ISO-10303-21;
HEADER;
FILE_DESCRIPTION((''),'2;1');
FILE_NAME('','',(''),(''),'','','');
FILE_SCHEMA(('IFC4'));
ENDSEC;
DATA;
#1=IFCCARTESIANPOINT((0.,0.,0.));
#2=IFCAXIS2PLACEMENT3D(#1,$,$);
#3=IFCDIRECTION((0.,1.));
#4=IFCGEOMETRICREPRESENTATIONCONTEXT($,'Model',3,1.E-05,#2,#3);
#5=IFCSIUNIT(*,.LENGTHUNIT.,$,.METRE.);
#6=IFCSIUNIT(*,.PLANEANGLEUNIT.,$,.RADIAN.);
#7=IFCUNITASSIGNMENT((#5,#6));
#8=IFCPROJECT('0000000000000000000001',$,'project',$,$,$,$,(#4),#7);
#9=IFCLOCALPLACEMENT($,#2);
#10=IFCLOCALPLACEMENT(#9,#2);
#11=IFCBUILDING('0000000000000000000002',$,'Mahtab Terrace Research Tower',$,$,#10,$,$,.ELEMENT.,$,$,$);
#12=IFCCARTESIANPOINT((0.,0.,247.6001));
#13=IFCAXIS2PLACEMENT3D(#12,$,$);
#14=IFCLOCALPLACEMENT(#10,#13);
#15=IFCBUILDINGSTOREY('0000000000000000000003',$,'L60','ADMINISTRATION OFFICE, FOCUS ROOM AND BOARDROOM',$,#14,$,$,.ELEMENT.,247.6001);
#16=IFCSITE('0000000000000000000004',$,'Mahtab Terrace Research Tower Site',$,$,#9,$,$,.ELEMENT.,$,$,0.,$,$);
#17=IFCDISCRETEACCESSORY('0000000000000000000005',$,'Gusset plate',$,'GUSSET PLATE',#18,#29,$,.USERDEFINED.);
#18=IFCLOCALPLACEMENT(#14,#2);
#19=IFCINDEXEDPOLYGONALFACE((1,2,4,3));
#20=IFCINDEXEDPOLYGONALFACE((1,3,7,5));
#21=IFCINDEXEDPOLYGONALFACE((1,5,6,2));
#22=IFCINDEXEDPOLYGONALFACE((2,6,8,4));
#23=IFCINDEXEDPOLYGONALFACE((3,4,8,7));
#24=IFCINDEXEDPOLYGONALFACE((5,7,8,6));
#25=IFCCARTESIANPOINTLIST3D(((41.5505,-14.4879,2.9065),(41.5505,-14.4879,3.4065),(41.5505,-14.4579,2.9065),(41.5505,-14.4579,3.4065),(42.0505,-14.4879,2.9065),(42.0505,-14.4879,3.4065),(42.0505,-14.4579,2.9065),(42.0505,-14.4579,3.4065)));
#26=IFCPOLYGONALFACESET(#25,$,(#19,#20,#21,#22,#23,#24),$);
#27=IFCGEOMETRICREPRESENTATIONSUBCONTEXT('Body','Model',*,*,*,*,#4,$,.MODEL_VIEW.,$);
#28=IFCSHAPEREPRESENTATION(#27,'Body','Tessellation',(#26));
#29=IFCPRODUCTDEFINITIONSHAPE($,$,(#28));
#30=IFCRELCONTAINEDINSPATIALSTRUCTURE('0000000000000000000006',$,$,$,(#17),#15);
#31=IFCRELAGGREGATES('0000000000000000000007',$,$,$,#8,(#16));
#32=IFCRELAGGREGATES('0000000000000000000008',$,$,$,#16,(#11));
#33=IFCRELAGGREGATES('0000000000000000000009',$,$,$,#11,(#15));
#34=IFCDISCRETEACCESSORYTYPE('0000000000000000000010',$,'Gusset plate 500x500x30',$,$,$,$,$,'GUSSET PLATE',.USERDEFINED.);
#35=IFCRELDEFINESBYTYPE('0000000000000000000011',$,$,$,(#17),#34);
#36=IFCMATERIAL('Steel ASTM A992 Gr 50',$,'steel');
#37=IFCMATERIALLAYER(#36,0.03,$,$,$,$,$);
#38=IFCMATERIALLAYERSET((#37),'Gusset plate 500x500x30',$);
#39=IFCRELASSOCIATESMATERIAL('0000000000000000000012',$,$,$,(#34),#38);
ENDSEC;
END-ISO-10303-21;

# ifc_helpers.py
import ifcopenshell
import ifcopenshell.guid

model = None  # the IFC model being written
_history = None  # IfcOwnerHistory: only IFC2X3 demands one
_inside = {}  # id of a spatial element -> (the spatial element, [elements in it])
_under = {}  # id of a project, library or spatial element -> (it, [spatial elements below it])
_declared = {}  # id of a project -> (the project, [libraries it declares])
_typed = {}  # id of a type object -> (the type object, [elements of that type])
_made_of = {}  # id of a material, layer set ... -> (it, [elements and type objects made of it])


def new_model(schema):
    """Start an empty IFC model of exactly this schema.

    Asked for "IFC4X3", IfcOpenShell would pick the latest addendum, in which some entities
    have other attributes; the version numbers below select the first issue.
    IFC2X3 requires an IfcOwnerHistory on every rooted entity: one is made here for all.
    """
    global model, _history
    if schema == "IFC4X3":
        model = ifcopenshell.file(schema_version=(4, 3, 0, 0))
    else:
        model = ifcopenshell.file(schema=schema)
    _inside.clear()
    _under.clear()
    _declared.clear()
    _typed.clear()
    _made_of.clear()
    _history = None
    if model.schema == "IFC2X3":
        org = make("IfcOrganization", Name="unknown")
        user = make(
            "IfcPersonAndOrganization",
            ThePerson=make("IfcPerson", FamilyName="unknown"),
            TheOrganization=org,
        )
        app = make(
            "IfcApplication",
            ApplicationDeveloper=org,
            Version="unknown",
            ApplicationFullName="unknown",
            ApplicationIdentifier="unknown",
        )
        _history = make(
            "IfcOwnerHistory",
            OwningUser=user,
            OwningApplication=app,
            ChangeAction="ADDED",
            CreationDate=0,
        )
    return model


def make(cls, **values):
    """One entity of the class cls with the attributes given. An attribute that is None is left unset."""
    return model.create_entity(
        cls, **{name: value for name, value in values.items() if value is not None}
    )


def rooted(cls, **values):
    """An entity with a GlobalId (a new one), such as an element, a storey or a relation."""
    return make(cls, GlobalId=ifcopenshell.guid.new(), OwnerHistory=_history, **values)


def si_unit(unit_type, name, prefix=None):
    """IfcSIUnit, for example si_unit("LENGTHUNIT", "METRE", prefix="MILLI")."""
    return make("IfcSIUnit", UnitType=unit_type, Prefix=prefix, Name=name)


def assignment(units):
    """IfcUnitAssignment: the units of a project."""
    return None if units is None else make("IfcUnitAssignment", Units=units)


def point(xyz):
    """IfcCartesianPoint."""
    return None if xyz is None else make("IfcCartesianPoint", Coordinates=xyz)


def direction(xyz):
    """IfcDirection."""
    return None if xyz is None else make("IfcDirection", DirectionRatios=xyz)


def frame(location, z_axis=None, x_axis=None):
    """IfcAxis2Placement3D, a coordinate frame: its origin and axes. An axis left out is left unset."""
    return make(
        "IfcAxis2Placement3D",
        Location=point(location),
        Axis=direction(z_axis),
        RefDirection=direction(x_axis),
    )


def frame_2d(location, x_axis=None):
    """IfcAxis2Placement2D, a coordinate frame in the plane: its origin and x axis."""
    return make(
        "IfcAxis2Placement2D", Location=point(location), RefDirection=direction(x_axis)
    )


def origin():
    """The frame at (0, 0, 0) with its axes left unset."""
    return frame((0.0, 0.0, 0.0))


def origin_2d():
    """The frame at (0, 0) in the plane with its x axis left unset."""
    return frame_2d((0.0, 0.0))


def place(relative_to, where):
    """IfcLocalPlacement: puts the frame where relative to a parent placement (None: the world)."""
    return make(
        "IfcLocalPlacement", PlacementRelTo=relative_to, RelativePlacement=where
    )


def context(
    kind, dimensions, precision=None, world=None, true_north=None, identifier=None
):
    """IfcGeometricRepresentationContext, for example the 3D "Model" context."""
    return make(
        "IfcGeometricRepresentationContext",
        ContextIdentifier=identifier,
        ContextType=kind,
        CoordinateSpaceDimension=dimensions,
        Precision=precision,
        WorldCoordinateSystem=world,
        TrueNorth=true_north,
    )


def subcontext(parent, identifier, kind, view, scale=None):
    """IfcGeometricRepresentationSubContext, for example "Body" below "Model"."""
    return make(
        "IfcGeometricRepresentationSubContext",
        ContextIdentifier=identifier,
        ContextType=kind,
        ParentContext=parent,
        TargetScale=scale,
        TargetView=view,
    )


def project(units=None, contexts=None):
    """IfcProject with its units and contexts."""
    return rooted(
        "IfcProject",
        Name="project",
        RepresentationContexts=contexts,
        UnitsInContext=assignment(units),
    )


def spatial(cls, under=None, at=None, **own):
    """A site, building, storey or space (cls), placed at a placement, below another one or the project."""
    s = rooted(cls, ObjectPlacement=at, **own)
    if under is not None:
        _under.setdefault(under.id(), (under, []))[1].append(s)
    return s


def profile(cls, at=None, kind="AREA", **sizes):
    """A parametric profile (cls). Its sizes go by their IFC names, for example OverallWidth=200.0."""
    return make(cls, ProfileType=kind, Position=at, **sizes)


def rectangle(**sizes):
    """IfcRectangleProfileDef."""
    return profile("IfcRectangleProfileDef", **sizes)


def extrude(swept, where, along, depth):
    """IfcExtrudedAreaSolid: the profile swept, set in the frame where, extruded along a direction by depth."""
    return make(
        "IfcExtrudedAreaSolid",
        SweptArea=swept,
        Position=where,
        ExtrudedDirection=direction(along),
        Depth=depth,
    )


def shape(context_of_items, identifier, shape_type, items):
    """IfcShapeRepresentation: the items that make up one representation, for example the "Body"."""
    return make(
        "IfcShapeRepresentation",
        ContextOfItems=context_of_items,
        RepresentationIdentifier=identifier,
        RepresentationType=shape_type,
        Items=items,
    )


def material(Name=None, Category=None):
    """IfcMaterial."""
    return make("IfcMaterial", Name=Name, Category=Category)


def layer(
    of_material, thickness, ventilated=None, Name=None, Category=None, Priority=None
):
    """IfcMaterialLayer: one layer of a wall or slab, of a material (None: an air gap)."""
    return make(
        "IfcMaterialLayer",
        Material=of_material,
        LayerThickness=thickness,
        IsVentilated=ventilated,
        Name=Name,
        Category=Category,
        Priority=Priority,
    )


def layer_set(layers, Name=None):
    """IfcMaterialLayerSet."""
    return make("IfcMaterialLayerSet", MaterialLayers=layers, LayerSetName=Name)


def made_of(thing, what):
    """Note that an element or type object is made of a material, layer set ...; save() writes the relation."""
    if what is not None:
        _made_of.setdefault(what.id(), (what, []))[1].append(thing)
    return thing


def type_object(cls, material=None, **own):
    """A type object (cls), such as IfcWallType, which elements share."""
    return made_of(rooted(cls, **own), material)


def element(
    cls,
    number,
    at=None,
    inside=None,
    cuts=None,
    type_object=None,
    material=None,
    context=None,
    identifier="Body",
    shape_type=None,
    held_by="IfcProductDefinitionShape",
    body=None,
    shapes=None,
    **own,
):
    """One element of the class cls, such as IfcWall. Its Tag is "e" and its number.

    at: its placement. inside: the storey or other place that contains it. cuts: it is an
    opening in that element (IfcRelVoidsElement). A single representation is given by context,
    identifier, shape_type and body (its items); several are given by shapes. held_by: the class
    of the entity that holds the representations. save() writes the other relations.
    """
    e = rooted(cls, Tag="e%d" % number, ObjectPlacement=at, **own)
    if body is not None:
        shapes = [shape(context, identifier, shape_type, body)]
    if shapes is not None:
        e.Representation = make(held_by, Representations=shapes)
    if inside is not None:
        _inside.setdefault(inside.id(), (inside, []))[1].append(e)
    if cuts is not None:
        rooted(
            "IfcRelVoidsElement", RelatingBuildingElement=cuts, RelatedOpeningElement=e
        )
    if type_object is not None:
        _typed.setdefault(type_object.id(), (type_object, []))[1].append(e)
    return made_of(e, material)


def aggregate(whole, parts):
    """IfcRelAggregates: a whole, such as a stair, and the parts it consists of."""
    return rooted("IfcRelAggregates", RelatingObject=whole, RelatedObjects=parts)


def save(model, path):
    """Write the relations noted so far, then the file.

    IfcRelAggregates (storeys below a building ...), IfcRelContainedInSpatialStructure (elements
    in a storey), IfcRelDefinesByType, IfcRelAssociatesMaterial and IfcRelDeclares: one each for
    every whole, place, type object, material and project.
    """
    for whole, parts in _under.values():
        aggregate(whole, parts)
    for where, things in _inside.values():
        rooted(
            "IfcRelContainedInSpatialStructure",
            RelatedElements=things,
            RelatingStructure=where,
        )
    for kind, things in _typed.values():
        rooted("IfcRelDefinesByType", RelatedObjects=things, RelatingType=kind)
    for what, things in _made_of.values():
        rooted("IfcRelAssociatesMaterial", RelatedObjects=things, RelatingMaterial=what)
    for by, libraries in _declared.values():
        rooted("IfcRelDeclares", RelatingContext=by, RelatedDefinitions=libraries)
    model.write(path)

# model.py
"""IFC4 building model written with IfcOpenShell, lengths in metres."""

from ifc_helpers import new_model, si_unit, direction, frame, origin, origin_2d, place, context, subcontext, project, spatial, rectangle, extrude, material, layer, layer_set, type_object, element, save


model = new_model("IFC4")

# Units and contexts
model_context = context("Model", 3, precision=1e-05, world=origin(), true_north=direction((0.0, 1.0)))
body_context = subcontext(model_context, "Body", "Model", "MODEL_VIEW")
ifc_project = project(units=[si_unit("LENGTHUNIT", "METRE"), si_unit("PLANEANGLEUNIT", "RADIAN")], contexts=[model_context])

# Site, building, storey
site_placement = place(None, origin())
site = spatial("IfcSite", under=ifc_project, at=site_placement, Name="Mahtab Terrace Research Tower Site", CompositionType="ELEMENT", RefElevation=0.0)
building_placement = place(site_placement, origin())
building = spatial("IfcBuilding", under=site, at=building_placement, Name="Mahtab Terrace Research Tower", CompositionType="ELEMENT")
storey_placement = place(building_placement, frame((0.0, 0.0, 247.6001)))
storey = spatial("IfcBuildingStorey", under=building, at=storey_placement, Name="L60", Description="ADMINISTRATION OFFICE, FOCUS ROOM AND BOARDROOM", CompositionType="ELEMENT", Elevation=247.6001)

# Shared definitions
ifc_material_1 = material(Name="Steel ASTM A992 Gr 50", Category="steel")

# Discrete accessory
ifc_layer_1 = layer(ifc_material_1, 0.03)
ifc_layer_set_1 = layer_set([ifc_layer_1], Name="Gusset plate 500x500x30")
discrete_accessory_type = type_object("IfcDiscreteAccessoryType", Name="Gusset plate 500x500x30", ElementType="GUSSET PLATE", PredefinedType="USERDEFINED", material=ifc_layer_set_1)
discrete_accessory_placement = place(storey_placement, frame((41.8005, -14.4729, 2.9065), z_axis=(0.0, 0.0, 1.0), x_axis=(1.0, 0.0, 0.0)))
element("IfcDiscreteAccessory", 1, at=discrete_accessory_placement, inside=storey, type_object=discrete_accessory_type, Name="Gusset plate", ObjectType="GUSSET PLATE", PredefinedType="USERDEFINED", context=body_context, shape_type="SweptSolid", body=[
    extrude(rectangle(XDim=0.5, YDim=0.03, at=origin_2d()), origin(), (0.0, 0.0, 1.0), 0.5),
])

save(model, "model.ifc")
